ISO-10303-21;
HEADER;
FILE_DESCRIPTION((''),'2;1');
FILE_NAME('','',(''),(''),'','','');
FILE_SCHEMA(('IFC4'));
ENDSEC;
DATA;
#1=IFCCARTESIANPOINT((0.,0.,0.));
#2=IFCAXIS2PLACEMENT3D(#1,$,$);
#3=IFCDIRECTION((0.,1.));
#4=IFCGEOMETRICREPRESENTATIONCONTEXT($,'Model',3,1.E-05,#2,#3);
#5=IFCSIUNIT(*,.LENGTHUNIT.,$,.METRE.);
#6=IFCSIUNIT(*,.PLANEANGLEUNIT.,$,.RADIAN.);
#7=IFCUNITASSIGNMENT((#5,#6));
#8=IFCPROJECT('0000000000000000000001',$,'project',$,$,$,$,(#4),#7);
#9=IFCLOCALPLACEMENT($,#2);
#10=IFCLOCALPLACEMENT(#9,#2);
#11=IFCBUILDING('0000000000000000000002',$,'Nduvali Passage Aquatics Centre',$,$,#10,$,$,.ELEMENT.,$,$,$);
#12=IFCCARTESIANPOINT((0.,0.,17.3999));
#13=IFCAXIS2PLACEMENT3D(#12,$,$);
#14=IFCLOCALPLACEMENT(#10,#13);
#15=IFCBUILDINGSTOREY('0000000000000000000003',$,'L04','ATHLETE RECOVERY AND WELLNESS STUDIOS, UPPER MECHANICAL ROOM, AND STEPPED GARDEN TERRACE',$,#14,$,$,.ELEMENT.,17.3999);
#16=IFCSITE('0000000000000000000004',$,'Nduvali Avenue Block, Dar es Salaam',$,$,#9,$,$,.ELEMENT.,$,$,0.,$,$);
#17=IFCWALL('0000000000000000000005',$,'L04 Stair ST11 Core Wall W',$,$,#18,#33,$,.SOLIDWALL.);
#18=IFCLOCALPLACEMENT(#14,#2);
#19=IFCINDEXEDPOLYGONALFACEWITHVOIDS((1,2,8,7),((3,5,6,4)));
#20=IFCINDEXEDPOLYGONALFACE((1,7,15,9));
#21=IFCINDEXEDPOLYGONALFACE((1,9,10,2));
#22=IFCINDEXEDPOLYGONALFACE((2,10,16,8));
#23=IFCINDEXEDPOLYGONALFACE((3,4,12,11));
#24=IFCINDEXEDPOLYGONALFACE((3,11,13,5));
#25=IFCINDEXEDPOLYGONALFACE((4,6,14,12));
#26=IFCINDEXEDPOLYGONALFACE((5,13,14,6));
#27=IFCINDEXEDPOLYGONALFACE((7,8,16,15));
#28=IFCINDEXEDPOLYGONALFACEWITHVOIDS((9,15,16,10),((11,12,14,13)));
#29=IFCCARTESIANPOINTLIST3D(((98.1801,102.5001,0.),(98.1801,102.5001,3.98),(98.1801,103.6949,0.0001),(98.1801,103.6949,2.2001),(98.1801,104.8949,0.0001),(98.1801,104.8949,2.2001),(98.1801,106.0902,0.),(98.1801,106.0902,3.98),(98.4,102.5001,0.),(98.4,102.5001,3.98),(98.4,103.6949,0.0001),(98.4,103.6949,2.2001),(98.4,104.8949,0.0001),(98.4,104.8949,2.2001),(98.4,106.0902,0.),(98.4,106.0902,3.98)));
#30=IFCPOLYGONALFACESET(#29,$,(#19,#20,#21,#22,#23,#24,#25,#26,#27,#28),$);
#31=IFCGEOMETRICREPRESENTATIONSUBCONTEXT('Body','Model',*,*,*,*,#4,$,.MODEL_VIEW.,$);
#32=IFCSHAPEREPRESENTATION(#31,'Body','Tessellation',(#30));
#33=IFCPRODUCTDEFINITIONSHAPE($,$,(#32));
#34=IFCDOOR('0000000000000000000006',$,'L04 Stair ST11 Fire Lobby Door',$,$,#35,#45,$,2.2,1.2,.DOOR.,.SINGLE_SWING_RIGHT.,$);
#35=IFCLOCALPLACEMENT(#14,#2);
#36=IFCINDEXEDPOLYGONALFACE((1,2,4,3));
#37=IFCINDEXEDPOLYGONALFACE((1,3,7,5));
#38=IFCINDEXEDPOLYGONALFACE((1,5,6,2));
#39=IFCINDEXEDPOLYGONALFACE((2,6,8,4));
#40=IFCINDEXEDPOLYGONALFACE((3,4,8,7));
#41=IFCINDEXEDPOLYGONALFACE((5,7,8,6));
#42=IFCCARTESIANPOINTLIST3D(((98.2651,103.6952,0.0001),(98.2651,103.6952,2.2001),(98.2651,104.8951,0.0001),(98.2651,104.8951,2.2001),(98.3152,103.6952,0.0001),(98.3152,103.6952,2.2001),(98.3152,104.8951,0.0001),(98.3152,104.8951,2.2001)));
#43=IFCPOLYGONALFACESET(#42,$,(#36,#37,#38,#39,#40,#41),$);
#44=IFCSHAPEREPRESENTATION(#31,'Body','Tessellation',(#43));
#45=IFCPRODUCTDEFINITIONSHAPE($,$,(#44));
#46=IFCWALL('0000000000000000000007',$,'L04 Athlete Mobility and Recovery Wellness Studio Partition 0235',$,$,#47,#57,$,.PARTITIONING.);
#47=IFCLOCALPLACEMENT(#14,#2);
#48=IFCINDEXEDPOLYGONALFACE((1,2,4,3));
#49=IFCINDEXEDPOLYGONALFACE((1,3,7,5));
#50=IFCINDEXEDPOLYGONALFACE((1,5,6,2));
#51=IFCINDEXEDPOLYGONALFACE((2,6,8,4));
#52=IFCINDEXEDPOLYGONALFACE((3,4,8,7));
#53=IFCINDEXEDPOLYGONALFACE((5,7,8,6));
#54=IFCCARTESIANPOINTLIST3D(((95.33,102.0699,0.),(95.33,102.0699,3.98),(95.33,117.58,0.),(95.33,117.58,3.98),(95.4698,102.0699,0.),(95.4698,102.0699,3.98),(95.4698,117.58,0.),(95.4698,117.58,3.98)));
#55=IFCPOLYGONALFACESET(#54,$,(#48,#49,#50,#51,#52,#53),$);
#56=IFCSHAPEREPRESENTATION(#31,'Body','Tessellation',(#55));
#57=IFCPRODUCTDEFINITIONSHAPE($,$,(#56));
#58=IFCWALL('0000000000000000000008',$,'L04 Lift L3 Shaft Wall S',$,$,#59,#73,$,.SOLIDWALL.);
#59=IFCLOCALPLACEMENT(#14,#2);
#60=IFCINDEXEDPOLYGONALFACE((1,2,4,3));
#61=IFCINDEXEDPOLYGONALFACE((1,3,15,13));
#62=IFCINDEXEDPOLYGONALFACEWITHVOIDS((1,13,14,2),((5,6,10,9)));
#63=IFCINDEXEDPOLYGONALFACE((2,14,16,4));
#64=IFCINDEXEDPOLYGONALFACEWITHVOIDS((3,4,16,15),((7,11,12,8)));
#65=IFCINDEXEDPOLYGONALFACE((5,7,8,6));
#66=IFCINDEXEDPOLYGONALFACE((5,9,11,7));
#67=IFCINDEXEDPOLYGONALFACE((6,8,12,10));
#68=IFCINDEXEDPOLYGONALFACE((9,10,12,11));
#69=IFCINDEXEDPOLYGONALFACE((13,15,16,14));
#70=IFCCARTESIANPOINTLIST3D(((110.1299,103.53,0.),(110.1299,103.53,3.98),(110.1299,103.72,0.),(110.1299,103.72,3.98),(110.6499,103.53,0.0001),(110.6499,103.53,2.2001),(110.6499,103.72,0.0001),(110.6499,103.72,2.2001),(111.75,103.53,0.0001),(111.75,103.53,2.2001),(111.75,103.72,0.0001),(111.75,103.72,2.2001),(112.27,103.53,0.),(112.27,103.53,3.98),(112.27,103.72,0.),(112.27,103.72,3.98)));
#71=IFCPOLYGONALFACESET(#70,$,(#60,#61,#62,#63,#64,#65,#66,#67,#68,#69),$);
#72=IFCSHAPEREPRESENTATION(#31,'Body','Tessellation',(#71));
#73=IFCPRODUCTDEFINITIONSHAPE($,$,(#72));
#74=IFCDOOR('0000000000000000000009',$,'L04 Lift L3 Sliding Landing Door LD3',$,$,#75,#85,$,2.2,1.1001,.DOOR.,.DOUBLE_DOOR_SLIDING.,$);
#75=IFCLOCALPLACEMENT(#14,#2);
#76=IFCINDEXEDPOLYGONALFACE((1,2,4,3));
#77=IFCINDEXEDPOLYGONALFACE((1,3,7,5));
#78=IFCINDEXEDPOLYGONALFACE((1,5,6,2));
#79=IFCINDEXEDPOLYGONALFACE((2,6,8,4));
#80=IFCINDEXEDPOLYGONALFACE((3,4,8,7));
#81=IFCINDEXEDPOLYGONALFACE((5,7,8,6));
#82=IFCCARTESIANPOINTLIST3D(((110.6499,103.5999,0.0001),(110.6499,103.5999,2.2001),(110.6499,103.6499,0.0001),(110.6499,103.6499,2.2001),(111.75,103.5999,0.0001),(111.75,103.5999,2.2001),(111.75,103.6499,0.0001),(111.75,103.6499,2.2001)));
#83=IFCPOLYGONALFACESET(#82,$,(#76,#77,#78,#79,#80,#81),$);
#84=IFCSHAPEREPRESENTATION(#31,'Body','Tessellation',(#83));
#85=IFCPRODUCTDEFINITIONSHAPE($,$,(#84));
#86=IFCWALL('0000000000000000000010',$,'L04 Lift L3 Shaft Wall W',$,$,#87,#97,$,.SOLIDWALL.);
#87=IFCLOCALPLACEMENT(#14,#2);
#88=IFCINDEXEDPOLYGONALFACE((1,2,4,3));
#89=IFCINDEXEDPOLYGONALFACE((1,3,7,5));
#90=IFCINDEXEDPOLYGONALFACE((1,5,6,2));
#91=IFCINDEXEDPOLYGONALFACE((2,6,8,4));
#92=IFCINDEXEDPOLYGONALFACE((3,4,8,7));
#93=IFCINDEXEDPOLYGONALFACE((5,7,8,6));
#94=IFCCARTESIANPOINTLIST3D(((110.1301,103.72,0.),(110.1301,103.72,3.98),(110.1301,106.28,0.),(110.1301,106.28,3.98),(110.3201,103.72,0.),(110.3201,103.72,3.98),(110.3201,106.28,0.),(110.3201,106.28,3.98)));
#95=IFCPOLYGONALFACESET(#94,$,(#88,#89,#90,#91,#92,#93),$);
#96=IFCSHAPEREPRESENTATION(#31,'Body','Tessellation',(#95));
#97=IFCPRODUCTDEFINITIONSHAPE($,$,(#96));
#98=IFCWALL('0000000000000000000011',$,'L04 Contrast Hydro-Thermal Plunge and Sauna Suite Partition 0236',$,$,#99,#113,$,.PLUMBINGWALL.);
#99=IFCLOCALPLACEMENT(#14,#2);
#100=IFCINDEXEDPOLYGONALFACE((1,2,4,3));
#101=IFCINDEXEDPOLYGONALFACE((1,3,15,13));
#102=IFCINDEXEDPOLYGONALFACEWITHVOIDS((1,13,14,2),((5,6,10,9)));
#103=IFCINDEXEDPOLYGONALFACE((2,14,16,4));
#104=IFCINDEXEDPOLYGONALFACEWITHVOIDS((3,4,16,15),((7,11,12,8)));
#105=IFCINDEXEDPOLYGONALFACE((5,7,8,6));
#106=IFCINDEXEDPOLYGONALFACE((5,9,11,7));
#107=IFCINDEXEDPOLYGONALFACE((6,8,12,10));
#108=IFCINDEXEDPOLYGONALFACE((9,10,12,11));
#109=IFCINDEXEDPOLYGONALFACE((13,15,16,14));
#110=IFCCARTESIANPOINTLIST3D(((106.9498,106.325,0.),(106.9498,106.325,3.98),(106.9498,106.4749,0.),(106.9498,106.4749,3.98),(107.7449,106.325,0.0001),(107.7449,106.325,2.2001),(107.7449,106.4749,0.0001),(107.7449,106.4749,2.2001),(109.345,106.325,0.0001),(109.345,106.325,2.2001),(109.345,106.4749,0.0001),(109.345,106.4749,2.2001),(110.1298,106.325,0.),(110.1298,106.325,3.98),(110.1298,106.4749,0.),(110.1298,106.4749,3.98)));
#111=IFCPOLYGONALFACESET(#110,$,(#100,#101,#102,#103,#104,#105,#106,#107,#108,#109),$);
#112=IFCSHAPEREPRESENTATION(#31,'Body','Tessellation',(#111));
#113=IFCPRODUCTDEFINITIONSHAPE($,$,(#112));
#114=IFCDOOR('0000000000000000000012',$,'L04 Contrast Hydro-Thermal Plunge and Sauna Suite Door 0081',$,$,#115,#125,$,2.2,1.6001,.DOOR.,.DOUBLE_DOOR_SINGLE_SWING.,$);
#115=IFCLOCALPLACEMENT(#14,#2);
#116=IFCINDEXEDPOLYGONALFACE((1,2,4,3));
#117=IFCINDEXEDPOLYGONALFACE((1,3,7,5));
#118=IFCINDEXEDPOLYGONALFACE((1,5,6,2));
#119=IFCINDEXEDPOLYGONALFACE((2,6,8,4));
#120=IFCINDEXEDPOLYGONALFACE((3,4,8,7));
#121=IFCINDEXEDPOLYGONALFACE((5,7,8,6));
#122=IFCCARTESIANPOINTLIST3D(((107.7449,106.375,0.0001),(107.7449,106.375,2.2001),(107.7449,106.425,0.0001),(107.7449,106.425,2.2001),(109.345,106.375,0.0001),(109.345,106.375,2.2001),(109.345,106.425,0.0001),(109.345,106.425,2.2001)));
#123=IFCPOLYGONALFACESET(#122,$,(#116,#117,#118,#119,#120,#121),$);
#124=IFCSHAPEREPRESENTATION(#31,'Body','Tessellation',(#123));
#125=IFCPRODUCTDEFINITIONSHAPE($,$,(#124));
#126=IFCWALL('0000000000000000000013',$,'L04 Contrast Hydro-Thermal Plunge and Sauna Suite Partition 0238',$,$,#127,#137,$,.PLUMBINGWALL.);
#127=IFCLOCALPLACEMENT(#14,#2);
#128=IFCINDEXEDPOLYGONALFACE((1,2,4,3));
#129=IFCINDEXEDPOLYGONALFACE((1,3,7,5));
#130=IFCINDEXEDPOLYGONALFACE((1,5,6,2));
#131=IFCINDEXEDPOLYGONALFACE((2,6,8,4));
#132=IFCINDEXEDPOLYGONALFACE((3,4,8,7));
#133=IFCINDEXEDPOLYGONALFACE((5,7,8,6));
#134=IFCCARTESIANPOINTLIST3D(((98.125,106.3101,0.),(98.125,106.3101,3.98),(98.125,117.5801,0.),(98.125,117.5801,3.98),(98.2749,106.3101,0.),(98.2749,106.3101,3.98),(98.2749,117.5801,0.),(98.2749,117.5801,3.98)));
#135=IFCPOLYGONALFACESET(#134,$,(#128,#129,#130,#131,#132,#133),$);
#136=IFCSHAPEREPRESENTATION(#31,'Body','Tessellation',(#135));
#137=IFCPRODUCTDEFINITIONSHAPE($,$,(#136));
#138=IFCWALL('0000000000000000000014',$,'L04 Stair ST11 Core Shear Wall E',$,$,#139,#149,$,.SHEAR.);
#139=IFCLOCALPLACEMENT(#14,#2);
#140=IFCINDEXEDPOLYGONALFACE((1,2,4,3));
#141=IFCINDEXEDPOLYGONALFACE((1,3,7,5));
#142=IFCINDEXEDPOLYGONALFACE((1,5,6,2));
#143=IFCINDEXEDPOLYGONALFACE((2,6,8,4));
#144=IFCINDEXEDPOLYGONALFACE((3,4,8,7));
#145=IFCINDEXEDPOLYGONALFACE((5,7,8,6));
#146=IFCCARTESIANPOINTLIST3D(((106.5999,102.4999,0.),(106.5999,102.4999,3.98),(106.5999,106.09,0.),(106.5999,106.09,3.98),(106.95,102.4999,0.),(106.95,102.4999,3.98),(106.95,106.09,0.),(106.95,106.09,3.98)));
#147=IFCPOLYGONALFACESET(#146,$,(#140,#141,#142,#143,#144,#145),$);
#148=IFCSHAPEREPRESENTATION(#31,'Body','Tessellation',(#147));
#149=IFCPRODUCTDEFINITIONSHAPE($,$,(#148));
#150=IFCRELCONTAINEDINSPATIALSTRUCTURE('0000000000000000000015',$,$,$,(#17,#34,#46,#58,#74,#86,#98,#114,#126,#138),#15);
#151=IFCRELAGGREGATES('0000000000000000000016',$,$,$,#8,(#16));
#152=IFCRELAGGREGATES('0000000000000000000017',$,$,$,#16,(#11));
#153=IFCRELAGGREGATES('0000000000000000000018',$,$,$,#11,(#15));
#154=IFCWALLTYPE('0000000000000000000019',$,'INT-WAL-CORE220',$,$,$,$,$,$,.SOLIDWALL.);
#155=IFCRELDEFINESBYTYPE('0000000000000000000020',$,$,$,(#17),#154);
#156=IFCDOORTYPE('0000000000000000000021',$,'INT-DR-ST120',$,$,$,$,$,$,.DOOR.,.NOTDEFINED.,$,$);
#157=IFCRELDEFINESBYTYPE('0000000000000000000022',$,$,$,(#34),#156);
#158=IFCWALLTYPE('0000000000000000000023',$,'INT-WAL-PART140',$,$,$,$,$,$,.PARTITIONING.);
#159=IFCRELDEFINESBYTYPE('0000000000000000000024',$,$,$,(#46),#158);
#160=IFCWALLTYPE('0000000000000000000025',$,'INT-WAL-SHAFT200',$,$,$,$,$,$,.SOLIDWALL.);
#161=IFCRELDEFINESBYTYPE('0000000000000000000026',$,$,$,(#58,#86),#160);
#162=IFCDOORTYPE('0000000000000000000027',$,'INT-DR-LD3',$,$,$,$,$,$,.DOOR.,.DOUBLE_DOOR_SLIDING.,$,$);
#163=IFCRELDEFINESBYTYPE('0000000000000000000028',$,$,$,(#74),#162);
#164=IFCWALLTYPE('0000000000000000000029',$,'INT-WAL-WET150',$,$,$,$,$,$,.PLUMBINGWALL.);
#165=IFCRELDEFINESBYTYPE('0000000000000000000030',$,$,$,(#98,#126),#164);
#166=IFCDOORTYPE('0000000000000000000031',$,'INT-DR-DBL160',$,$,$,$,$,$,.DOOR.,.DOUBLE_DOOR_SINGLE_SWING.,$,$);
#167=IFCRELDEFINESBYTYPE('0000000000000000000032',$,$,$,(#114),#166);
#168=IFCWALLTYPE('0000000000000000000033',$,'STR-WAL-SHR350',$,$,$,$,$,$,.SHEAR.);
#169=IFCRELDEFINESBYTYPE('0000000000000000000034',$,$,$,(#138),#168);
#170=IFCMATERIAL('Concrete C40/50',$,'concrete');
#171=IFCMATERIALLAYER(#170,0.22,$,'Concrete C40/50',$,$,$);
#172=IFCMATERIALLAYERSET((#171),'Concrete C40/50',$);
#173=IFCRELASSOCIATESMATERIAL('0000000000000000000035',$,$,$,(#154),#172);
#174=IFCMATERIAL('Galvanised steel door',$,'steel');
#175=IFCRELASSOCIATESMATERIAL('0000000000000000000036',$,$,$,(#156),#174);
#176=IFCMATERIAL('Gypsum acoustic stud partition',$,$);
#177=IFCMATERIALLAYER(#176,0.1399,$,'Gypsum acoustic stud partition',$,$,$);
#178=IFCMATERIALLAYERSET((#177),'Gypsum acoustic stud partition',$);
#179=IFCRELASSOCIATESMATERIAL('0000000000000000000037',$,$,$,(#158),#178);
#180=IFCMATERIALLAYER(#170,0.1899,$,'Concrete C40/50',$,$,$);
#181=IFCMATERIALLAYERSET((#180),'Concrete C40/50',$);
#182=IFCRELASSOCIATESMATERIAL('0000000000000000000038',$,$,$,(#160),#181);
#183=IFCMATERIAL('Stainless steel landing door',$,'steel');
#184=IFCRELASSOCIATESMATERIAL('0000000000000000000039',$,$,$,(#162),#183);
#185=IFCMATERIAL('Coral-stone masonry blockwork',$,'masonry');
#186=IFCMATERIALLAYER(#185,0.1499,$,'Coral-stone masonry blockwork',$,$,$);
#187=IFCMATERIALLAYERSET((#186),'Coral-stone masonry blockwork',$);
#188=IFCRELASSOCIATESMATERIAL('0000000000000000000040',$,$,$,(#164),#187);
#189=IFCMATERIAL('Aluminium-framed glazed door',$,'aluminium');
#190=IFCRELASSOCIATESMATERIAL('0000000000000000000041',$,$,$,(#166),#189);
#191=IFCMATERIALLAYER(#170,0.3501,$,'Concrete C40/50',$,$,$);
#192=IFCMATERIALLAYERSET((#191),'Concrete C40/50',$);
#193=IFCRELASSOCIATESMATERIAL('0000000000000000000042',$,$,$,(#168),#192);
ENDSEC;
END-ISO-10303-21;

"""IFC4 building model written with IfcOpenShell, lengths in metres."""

from ifc_helpers import new_model, si_unit, direction, frame, frame_2d, origin, place, context, subcontext, project, spatial, rectangle, extrude, material, layer, layer_set, type_object, element, fill, save


model = new_model("IFC4")

# Units and contexts
model_context = context("Model", 3, precision=1e-05, world=origin(), true_north=direction((0.0, 1.0)))
body_context = subcontext(model_context, "Body", "Model", "MODEL_VIEW")
ifc_project = project(units=[si_unit("LENGTHUNIT", "METRE"), si_unit("PLANEANGLEUNIT", "RADIAN")], contexts=[model_context])

# Site, building, storey
site_placement = place(None, origin())
site = spatial("IfcSite", under=ifc_project, at=site_placement, Name="Nduvali Avenue Block, Dar es Salaam", CompositionType="ELEMENT", RefElevation=0.0)
building_placement = place(site_placement, origin())
building = spatial("IfcBuilding", under=site, at=building_placement, Name="Nduvali Passage Aquatics Centre", CompositionType="ELEMENT")
storey_placement = place(building_placement, frame((0.0, 0.0, 17.3999)))
storey = spatial("IfcBuildingStorey", under=building, at=storey_placement, Name="L04", Description="ATHLETE RECOVERY AND WELLNESS STUDIOS, UPPER MECHANICAL ROOM, AND STEPPED GARDEN TERRACE", CompositionType="ELEMENT", Elevation=17.3999)

# Shared definitions
ifc_material_1 = material(Name="Concrete C40/50", Category="concrete")
ifc_layer_1 = layer(ifc_material_1, 0.22, Name="Concrete C40/50")
ifc_layer_set_1 = layer_set([ifc_layer_1], Name="Concrete C40/50")
wall_type_1 = type_object("IfcWallType", Name="INT-WAL-CORE220", PredefinedType="SOLIDWALL", material=ifc_layer_set_1)

# Wall, opening, door
wall_1_placement = place(storey_placement, frame((98.29, 106.0901, 0.0), z_axis=(0.0, 0.0, 1.0), x_axis=(0.0, -1.0, 0.0)))
wall_1 = element("IfcWall", 1, at=wall_1_placement, inside=storey, type_object=wall_type_1, Name="L04 Stair ST11 Core Wall W", PredefinedType="SOLIDWALL", context=body_context, shape_type="SweptSolid", body=[
    extrude(rectangle(XDim=3.5901, YDim=0.22, at=frame_2d((1.7949, 0.0))), origin(), (0.0, 0.0, 1.0), 3.98),
])
opening_1_placement = place(wall_1_placement, frame((1.1951, 0.0, 0.0)))
opening_1 = element("IfcOpeningElement", 2, at=opening_1_placement, cuts=wall_1, PredefinedType="OPENING", context=body_context, shape_type="SweptSolid", body=[
    extrude(rectangle(XDim=1.2, YDim=2.2, at=frame_2d((0.6001, 1.1001))), frame((0.0, 0.125, 0.0), z_axis=(0.0, -1.0, 0.0), x_axis=(1.0, 0.0, 0.0)), (0.0, 0.0, 1.0), 0.2498),
])
ifc_material_2 = material(Name="Galvanised steel door", Category="steel")
door_type_1 = type_object("IfcDoorType", Name="INT-DR-ST120", OperationType="NOTDEFINED", PredefinedType="DOOR", material=ifc_material_2)
door_1_placement = place(opening_1_placement, frame((1.2, 0.0, 0.0), z_axis=(0.0, 0.0, 1.0), x_axis=(-1.0, 0.0, 0.0)))
door_1 = element("IfcDoor", 3, at=door_1_placement, inside=storey, type_object=door_type_1, Name="L04 Stair ST11 Fire Lobby Door", OperationType="SINGLE_SWING_RIGHT", OverallHeight=2.2, OverallWidth=1.2, PredefinedType="DOOR", context=body_context, shape_type="SweptSolid", body=[
    extrude(rectangle(XDim=1.2, YDim=2.2, at=frame_2d((0.6001, 1.1001))), frame((0.0, 0.0249, 0.0), z_axis=(0.0, -1.0, 0.0), x_axis=(1.0, 0.0, 0.0)), (0.0, 0.0, 1.0), 0.05),
])
fill(opening_1, door_1)

# Wall
ifc_material_3 = material(Name="Gypsum acoustic stud partition")
ifc_layer_2 = layer(ifc_material_3, 0.1399, Name="Gypsum acoustic stud partition")
ifc_layer_set_2 = layer_set([ifc_layer_2], Name="Gypsum acoustic stud partition")
wall_type_2 = type_object("IfcWallType", Name="INT-WAL-PART140", PredefinedType="PARTITIONING", material=ifc_layer_set_2)
wall_2_placement = place(storey_placement, frame((95.3999, 102.0701, 0.0), z_axis=(0.0, 0.0, 1.0), x_axis=(0.0, 1.0, 0.0)))
element("IfcWall", 4, at=wall_2_placement, inside=storey, type_object=wall_type_2, Name="L04 Athlete Mobility and Recovery Wellness Studio Partition 0235", PredefinedType="PARTITIONING", context=body_context, shape_type="SweptSolid", body=[
    extrude(rectangle(XDim=15.51, YDim=0.1399, at=frame_2d((7.7549, 0.0))), origin(), (0.0, 0.0, 1.0), 3.98),
])

# Wall, opening, door
ifc_layer_3 = layer(ifc_material_1, 0.1899, Name="Concrete C40/50")
ifc_layer_set_3 = layer_set([ifc_layer_3], Name="Concrete C40/50")
wall_type_3 = type_object("IfcWallType", Name="INT-WAL-SHAFT200", PredefinedType="SOLIDWALL", material=ifc_layer_set_3)
wall_3_placement = place(storey_placement, frame((110.1299, 103.625, 0.0), z_axis=(0.0, 0.0, 1.0), x_axis=(1.0, 0.0, 0.0)))
wall_3 = element("IfcWall", 5, at=wall_3_placement, inside=storey, type_object=wall_type_3, Name="L04 Lift L3 Shaft Wall S", PredefinedType="SOLIDWALL", context=body_context, shape_type="SweptSolid", body=[
    extrude(rectangle(XDim=2.1401, YDim=0.1899, at=frame_2d((1.0701, 0.0))), origin(), (0.0, 0.0, 1.0), 3.98),
])
opening_2_placement = place(wall_3_placement, frame((0.52, 0.0, 0.0)))
opening_2 = element("IfcOpeningElement", 6, at=opening_2_placement, cuts=wall_3, PredefinedType="OPENING", context=body_context, shape_type="SweptSolid", body=[
    extrude(rectangle(XDim=1.1001, YDim=2.2, at=frame_2d((0.55, 1.1001))), frame((0.0, 0.1099, 0.0), z_axis=(0.0, -1.0, 0.0), x_axis=(1.0, 0.0, 0.0)), (0.0, 0.0, 1.0), 0.2197),
])
ifc_material_4 = material(Name="Stainless steel landing door", Category="steel")
door_type_2 = type_object("IfcDoorType", Name="INT-DR-LD3", OperationType="DOUBLE_DOOR_SLIDING", PredefinedType="DOOR", material=ifc_material_4)
door_2_placement = place(opening_2_placement, origin())
door_2 = element("IfcDoor", 7, at=door_2_placement, inside=storey, type_object=door_type_2, Name="L04 Lift L3 Sliding Landing Door LD3", OperationType="DOUBLE_DOOR_SLIDING", OverallHeight=2.2, OverallWidth=1.1001, PredefinedType="DOOR", context=body_context, shape_type="SweptSolid", body=[
    extrude(rectangle(XDim=1.1001, YDim=2.2, at=frame_2d((0.55, 1.1001))), frame((0.0, 0.0249, 0.0), z_axis=(0.0, -1.0, 0.0), x_axis=(1.0, 0.0, 0.0)), (0.0, 0.0, 1.0), 0.05),
])
fill(opening_2, door_2)

# Wall
wall_4_placement = place(storey_placement, frame((110.2251, 106.28, 0.0), z_axis=(0.0, 0.0, 1.0), x_axis=(0.0, -1.0, 0.0)))
element("IfcWall", 8, at=wall_4_placement, inside=storey, type_object=wall_type_3, Name="L04 Lift L3 Shaft Wall W", PredefinedType="SOLIDWALL", context=body_context, shape_type="SweptSolid", body=[
    extrude(rectangle(XDim=2.5601, YDim=0.1899, at=frame_2d((1.28, 0.0))), origin(), (0.0, 0.0, 1.0), 3.98),
])

# Wall, opening, door
ifc_material_5 = material(Name="Coral-stone masonry blockwork", Category="masonry")
ifc_layer_4 = layer(ifc_material_5, 0.1499, Name="Coral-stone masonry blockwork")
ifc_layer_set_4 = layer_set([ifc_layer_4], Name="Coral-stone masonry blockwork")
wall_type_4 = type_object("IfcWallType", Name="INT-WAL-WET150", PredefinedType="PLUMBINGWALL", material=ifc_layer_set_4)
wall_5_placement = place(storey_placement, frame((106.95, 106.3999, 0.0), z_axis=(0.0, 0.0, 1.0), x_axis=(1.0, 0.0, 0.0)))
wall_5 = element("IfcWall", 9, at=wall_5_placement, inside=storey, type_object=wall_type_4, Name="L04 Contrast Hydro-Thermal Plunge and Sauna Suite Partition 0236", PredefinedType="PLUMBINGWALL", context=body_context, shape_type="SweptSolid", body=[
    extrude(rectangle(XDim=3.1799, YDim=0.1499, at=frame_2d((1.5898, 0.0))), origin(), (0.0, 0.0, 1.0), 3.98),
])
opening_3_placement = place(wall_5_placement, frame((0.7949, 0.0, 0.0)))
opening_3 = element("IfcOpeningElement", 10, at=opening_3_placement, cuts=wall_5, PredefinedType="OPENING", context=body_context, shape_type="SweptSolid", body=[
    extrude(rectangle(XDim=1.6001, YDim=2.2, at=frame_2d((0.8, 1.1001))), frame((0.0, 0.0898, 0.0), z_axis=(0.0, -1.0, 0.0), x_axis=(1.0, 0.0, 0.0)), (0.0, 0.0, 1.0), 0.1797),
])
ifc_material_6 = material(Name="Aluminium-framed glazed door", Category="aluminium")
door_type_3 = type_object("IfcDoorType", Name="INT-DR-DBL160", OperationType="DOUBLE_DOOR_SINGLE_SWING", PredefinedType="DOOR", material=ifc_material_6)
door_3_placement = place(opening_3_placement, frame((1.6001, 0.0, 0.0), z_axis=(0.0, 0.0, 1.0), x_axis=(-1.0, 0.0, 0.0)))
door_3 = element("IfcDoor", 11, at=door_3_placement, inside=storey, type_object=door_type_3, Name="L04 Contrast Hydro-Thermal Plunge and Sauna Suite Door 0081", OperationType="DOUBLE_DOOR_SINGLE_SWING", OverallHeight=2.2, OverallWidth=1.6001, PredefinedType="DOOR", context=body_context, shape_type="SweptSolid", body=[
    extrude(rectangle(XDim=1.6001, YDim=2.2, at=frame_2d((0.8, 1.1001))), frame((0.0, 0.0249, 0.0), z_axis=(0.0, -1.0, 0.0), x_axis=(1.0, 0.0, 0.0)), (0.0, 0.0, 1.0), 0.05),
])
fill(opening_3, door_3)

# Walls
wall_6_placement = place(storey_placement, frame((98.2, 106.3101, 0.0), z_axis=(0.0, 0.0, 1.0), x_axis=(0.0, 1.0, 0.0)))
element("IfcWall", 12, at=wall_6_placement, inside=storey, type_object=wall_type_4, Name="L04 Contrast Hydro-Thermal Plunge and Sauna Suite Partition 0238", PredefinedType="PLUMBINGWALL", context=body_context, shape_type="SweptSolid", body=[
    extrude(rectangle(XDim=11.27, YDim=0.1499, at=frame_2d((5.635, 0.0))), origin(), (0.0, 0.0, 1.0), 3.98),
])
ifc_layer_5 = layer(ifc_material_1, 0.3501, Name="Concrete C40/50")
ifc_layer_set_5 = layer_set([ifc_layer_5], Name="Concrete C40/50")
wall_type_5 = type_object("IfcWallType", Name="STR-WAL-SHR350", PredefinedType="SHEAR", material=ifc_layer_set_5)
wall_7_placement = place(storey_placement, frame((106.7749, 102.5, 0.0), z_axis=(0.0, 0.0, 1.0), x_axis=(0.0, 1.0, 0.0)))
element("IfcWall", 13, at=wall_7_placement, inside=storey, type_object=wall_type_5, Name="L04 Stair ST11 Core Shear Wall E", PredefinedType="SHEAR", context=body_context, shape_type="SweptSolid", body=[
    extrude(rectangle(XDim=3.5901, YDim=0.3501, at=frame_2d((1.7949, 0.0))), origin(), (0.0, 0.0, 1.0), 3.98),
])

save(model, "model.ifc")
